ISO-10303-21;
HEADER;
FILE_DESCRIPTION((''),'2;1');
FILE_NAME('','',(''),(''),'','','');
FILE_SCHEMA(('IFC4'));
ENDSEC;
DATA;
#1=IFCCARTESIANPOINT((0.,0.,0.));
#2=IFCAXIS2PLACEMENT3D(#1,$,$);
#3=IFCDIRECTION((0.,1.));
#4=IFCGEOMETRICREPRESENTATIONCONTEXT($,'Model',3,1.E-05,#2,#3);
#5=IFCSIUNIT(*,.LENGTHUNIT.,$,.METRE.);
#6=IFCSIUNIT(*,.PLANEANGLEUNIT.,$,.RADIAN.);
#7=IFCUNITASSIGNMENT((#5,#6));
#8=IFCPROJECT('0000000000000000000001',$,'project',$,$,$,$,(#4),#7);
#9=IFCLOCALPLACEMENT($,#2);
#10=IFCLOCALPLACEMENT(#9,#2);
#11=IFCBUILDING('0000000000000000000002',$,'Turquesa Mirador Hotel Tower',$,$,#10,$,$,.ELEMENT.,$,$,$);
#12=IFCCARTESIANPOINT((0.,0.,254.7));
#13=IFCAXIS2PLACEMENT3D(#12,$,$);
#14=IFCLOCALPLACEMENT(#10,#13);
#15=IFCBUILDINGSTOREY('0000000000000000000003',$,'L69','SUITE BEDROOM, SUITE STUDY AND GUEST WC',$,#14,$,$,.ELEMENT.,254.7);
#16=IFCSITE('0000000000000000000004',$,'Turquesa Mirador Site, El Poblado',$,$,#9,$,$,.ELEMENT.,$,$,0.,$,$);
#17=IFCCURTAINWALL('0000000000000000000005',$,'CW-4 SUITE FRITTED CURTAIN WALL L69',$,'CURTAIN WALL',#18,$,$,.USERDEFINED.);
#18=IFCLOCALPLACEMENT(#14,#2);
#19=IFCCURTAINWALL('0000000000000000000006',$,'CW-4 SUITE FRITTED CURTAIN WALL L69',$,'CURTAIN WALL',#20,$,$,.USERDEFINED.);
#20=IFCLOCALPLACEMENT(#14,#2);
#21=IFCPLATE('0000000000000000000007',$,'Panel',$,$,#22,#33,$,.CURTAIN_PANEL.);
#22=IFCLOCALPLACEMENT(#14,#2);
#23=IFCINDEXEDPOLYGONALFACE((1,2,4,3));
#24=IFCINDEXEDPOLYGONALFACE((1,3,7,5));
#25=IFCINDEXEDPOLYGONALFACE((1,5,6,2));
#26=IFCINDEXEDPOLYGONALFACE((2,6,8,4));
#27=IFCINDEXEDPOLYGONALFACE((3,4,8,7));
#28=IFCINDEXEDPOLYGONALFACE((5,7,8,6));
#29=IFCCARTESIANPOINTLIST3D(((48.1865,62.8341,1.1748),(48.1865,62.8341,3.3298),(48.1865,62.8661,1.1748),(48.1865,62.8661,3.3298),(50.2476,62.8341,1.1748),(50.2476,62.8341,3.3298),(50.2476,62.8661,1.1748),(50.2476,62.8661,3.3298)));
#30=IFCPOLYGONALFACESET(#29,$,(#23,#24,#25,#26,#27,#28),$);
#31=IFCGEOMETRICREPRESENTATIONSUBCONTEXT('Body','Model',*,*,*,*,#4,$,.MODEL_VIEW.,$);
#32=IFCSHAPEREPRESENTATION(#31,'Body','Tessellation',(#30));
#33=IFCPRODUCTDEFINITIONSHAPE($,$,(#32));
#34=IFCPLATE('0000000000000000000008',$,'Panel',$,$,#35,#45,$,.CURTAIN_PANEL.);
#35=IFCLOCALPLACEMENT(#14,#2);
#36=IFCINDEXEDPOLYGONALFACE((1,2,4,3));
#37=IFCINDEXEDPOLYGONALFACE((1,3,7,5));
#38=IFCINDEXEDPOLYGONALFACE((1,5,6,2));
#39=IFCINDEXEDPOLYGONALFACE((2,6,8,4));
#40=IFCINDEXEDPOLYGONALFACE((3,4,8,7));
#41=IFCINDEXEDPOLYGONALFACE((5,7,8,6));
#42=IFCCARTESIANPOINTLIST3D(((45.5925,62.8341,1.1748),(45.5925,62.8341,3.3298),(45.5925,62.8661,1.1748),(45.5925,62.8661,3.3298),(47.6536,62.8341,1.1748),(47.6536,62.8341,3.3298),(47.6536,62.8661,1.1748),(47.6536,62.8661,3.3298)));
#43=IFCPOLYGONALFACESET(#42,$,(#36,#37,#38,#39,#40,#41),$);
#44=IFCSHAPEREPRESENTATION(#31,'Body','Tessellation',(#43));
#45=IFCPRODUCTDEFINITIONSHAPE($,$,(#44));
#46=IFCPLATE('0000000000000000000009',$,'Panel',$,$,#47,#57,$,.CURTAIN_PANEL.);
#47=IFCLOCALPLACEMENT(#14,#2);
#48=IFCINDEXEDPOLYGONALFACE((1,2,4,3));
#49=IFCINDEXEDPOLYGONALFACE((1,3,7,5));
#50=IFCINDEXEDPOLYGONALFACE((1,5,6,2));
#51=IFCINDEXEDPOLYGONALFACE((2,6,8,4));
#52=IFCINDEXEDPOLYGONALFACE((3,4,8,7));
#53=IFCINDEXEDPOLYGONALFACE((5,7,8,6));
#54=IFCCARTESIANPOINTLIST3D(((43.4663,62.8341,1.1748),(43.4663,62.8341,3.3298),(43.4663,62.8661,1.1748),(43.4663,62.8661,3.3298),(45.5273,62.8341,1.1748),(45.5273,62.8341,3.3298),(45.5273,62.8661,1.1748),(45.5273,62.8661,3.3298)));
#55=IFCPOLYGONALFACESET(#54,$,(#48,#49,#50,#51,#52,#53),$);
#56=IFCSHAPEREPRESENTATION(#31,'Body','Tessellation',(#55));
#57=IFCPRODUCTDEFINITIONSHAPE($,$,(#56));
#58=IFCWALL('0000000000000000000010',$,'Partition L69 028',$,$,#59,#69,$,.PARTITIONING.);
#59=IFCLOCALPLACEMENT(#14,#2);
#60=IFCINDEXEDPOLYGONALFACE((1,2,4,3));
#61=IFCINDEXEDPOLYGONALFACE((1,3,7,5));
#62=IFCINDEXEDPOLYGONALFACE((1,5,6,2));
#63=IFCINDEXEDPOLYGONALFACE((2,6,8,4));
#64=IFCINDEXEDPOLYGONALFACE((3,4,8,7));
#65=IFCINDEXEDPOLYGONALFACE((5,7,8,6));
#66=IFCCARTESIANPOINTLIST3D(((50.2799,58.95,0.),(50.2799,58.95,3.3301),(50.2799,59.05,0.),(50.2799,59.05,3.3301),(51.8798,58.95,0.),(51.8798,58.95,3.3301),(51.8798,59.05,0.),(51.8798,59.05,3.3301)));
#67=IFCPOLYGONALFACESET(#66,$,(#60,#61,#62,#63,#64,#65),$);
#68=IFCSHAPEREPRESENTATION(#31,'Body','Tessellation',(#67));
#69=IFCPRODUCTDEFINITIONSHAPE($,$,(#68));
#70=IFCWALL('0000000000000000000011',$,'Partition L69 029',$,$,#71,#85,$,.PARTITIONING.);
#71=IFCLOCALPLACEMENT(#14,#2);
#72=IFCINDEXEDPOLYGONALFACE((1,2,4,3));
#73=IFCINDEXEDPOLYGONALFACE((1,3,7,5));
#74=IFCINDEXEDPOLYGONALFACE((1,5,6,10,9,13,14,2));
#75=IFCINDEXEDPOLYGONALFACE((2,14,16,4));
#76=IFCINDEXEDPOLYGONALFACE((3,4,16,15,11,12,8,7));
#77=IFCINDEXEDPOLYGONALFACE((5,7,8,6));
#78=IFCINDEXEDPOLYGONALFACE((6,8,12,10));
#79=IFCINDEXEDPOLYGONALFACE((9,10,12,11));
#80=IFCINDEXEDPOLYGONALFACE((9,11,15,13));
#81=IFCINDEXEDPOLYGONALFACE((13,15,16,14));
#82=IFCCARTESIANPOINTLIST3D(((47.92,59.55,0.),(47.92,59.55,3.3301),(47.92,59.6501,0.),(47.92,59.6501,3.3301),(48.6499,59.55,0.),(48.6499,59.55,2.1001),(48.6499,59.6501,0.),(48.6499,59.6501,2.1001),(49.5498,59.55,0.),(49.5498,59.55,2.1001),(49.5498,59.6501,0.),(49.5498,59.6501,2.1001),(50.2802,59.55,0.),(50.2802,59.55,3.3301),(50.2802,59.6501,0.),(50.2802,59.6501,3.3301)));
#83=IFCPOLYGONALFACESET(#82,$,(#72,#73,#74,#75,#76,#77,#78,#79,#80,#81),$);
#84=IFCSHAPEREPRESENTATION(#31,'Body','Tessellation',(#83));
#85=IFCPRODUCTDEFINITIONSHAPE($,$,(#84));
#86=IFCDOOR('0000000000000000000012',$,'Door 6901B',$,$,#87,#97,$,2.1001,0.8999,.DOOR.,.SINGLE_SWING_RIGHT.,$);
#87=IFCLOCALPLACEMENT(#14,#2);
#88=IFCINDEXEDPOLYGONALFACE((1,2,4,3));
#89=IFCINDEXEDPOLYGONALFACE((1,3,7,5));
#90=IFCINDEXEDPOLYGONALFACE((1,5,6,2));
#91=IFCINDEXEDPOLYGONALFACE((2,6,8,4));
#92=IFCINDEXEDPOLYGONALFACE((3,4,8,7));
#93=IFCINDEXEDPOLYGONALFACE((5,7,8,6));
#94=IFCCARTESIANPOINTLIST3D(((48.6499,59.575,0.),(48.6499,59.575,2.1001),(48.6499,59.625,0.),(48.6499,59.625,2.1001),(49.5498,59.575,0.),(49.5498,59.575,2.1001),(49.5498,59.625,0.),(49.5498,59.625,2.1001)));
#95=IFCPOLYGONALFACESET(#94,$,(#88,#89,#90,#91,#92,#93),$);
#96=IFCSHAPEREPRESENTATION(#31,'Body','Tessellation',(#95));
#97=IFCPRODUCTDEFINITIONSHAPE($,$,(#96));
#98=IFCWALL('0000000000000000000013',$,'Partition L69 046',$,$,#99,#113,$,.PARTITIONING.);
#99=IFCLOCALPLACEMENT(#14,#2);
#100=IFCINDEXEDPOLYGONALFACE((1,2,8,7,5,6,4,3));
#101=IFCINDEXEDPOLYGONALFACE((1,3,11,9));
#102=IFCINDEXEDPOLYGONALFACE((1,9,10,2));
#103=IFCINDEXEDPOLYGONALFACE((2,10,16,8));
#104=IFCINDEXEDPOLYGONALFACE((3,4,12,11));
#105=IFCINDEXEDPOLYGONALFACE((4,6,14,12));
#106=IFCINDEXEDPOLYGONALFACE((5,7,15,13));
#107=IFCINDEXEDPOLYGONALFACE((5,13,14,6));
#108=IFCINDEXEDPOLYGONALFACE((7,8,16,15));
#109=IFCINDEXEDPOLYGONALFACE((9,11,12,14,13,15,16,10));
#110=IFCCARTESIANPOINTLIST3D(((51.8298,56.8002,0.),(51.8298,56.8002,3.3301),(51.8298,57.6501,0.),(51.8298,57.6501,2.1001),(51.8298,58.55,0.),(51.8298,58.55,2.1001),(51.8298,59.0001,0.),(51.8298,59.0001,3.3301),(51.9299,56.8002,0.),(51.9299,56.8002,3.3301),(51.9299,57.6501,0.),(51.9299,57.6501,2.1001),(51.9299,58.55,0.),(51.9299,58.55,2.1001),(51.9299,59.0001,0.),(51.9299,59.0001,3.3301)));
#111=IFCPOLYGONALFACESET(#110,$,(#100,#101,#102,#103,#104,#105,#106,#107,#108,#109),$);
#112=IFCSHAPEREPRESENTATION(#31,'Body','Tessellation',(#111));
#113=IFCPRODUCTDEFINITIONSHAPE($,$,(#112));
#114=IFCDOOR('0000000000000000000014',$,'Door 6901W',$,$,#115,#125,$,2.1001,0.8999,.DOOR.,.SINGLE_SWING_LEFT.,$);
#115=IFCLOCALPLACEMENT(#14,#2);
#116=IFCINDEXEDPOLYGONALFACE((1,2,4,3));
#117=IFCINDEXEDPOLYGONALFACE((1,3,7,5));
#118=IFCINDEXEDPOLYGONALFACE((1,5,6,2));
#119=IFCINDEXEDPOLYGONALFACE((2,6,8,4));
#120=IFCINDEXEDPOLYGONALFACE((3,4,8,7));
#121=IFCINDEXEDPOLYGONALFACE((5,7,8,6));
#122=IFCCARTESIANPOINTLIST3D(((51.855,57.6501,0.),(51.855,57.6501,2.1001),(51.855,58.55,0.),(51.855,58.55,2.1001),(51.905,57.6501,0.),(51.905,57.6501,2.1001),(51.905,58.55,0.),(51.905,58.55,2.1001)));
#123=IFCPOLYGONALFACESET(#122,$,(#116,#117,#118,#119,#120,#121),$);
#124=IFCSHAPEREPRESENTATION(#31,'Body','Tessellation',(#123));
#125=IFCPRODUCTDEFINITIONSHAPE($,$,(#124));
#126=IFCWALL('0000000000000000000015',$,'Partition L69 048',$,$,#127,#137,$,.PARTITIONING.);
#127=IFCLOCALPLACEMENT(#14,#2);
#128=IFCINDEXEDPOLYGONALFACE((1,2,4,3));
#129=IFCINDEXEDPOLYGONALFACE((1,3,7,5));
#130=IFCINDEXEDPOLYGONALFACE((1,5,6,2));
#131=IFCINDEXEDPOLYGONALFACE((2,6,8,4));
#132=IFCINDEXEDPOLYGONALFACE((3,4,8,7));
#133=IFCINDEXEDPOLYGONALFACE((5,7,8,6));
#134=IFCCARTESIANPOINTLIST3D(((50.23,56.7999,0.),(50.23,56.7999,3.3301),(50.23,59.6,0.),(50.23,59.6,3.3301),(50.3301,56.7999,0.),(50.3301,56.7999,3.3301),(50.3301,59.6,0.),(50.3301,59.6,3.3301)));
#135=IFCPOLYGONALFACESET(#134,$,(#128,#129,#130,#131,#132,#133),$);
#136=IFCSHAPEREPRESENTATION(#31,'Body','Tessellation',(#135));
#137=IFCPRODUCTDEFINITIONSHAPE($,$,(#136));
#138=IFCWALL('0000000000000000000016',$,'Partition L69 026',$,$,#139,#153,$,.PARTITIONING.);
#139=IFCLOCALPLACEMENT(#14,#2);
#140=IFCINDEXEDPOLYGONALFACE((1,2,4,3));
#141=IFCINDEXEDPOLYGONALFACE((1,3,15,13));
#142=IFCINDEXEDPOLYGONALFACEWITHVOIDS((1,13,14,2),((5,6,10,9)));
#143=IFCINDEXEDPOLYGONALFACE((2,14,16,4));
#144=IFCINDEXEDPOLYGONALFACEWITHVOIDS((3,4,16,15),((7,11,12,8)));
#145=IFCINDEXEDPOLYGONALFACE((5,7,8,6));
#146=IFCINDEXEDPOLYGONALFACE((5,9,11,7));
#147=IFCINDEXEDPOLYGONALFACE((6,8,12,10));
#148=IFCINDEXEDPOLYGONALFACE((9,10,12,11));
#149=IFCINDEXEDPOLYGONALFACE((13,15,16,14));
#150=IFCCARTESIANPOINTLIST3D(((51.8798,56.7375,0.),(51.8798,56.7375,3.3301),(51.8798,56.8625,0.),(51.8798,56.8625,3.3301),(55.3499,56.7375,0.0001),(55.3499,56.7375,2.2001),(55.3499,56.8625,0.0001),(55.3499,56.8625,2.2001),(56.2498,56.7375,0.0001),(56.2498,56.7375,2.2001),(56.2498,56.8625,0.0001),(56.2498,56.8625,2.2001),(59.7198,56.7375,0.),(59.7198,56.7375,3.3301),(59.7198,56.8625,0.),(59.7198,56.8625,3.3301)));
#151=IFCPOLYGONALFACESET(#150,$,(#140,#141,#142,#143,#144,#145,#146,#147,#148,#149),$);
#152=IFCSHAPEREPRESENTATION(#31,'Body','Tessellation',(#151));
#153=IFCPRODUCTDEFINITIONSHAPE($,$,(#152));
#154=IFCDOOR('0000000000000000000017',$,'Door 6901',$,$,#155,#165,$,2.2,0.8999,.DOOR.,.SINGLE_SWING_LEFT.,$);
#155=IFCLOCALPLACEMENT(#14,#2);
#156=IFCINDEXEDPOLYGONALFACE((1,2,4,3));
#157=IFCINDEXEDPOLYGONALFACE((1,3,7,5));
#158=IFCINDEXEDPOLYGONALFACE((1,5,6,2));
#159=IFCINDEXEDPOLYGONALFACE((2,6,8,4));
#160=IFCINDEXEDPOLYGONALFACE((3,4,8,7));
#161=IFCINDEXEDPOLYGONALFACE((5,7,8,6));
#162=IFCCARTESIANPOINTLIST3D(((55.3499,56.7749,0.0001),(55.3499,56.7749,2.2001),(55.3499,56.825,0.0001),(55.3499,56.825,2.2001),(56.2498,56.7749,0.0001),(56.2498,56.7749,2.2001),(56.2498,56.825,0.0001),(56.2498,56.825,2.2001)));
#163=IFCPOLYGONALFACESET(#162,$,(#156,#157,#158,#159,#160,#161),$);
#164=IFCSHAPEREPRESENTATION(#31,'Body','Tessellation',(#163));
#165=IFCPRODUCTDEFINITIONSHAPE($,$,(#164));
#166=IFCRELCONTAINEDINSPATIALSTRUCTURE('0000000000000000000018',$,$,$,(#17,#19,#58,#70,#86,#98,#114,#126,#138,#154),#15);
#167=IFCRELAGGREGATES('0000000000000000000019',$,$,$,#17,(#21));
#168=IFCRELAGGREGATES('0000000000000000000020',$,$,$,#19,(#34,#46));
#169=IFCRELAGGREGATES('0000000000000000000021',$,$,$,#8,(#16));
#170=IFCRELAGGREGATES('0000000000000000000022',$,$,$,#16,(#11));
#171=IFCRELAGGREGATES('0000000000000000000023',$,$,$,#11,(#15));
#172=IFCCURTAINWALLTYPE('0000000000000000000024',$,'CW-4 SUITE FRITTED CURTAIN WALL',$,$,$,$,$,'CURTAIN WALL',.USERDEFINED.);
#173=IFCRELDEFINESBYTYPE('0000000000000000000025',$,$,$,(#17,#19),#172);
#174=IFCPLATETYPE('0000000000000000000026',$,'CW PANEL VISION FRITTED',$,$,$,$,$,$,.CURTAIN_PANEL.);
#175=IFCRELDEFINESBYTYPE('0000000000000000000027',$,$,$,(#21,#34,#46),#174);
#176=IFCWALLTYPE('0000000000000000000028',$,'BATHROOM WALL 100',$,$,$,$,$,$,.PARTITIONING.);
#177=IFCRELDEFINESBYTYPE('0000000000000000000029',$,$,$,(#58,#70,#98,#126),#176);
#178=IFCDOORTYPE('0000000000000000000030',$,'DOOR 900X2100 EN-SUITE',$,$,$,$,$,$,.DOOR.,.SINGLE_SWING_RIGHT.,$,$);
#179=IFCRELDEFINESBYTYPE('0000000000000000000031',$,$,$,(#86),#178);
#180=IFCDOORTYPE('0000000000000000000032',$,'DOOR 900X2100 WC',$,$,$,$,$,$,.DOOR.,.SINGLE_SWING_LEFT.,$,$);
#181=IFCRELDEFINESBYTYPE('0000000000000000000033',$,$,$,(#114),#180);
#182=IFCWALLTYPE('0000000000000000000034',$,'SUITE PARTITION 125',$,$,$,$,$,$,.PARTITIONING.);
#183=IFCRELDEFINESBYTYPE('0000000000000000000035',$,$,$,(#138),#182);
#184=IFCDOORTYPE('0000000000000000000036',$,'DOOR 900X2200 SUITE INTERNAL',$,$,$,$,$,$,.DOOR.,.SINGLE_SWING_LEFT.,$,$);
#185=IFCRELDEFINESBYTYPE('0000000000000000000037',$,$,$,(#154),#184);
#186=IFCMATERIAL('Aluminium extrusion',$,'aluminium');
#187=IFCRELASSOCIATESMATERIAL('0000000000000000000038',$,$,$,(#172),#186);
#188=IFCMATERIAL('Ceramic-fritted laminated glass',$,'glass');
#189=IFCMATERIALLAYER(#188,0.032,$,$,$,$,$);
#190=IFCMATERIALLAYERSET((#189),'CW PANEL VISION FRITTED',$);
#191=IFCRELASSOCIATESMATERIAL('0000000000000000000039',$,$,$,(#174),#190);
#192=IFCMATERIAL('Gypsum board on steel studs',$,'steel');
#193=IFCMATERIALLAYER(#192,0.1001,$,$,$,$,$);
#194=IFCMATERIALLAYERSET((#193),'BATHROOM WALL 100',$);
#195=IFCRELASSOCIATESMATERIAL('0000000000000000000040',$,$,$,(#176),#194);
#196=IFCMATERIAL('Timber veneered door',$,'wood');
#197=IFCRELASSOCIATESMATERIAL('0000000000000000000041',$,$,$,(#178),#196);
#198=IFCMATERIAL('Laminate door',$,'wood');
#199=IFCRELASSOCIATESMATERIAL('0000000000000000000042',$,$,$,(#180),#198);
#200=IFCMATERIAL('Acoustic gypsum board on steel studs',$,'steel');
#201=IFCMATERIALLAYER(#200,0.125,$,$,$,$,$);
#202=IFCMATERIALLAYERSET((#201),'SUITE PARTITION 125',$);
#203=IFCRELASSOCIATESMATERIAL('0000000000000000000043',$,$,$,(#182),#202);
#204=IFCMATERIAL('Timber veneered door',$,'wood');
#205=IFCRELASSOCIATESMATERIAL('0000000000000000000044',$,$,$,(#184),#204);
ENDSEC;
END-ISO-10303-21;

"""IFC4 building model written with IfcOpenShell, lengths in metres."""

from ifc_helpers import new_model, si_unit, direction, frame, frame_2d, origin, origin_2d, place, context, subcontext, project, spatial, rectangle, extrude, material, layer, layer_set, type_object, element, fill, aggregate, save


model = new_model("IFC4")

# Units and contexts
model_context = context("Model", 3, precision=1e-05, world=origin(), true_north=direction((0.0, 1.0)))
body_context = subcontext(model_context, "Body", "Model", "MODEL_VIEW")
ifc_project = project(units=[si_unit("LENGTHUNIT", "METRE"), si_unit("PLANEANGLEUNIT", "RADIAN")], contexts=[model_context])

# Site, building, storey
site_placement = place(None, origin())
site = spatial("IfcSite", under=ifc_project, at=site_placement, Name="Turquesa Mirador Site, El Poblado", CompositionType="ELEMENT", RefElevation=0.0)
building_placement = place(site_placement, origin())
building = spatial("IfcBuilding", under=site, at=building_placement, Name="Turquesa Mirador Hotel Tower", CompositionType="ELEMENT")
storey_placement = place(building_placement, frame((0.0, 0.0, 254.7)))
storey = spatial("IfcBuildingStorey", under=building, at=storey_placement, Name="L69", Description="SUITE BEDROOM, SUITE STUDY AND GUEST WC", CompositionType="ELEMENT", Elevation=254.7)

# Curtain walls
ifc_material_1 = material(Name="Aluminium extrusion", Category="aluminium")
curtain_wall_type = type_object("IfcCurtainWallType", Name="CW-4 SUITE FRITTED CURTAIN WALL", ElementType="CURTAIN WALL", PredefinedType="USERDEFINED", material=ifc_material_1)
curtain_wall_1_placement = place(storey_placement, origin())
curtain_wall_1 = element("IfcCurtainWall", 1, at=curtain_wall_1_placement, inside=storey, type_object=curtain_wall_type, Name="CW-4 SUITE FRITTED CURTAIN WALL L69", ObjectType="CURTAIN WALL", PredefinedType="USERDEFINED")
curtain_wall_2_placement = place(storey_placement, origin())
curtain_wall_2 = element("IfcCurtainWall", 2, at=curtain_wall_2_placement, inside=storey, type_object=curtain_wall_type, Name="CW-4 SUITE FRITTED CURTAIN WALL L69", ObjectType="CURTAIN WALL", PredefinedType="USERDEFINED")

# Plates
ifc_material_2 = material(Name="Ceramic-fritted laminated glass", Category="glass")
ifc_layer_1 = layer(ifc_material_2, 0.032)
ifc_layer_set_1 = layer_set([ifc_layer_1], Name="CW PANEL VISION FRITTED")
plate_type_1 = type_object("IfcPlateType", Name="CW PANEL VISION FRITTED", PredefinedType="CURTAIN_PANEL", material=ifc_layer_set_1)
plate_1_placement = place(storey_placement, frame((49.217, 62.8501, 1.1748), z_axis=(0.0, 0.0, 1.0), x_axis=(-1.0, 0.0, 0.0)))
plate_1 = element("IfcPlate", 3, at=plate_1_placement, type_object=plate_type_1, Name="Panel", PredefinedType="CURTAIN_PANEL", context=body_context, shape_type="SweptSolid", body=[
    extrude(rectangle(XDim=2.061, YDim=0.032, at=origin_2d()), origin(), (0.0, 0.0, 1.0), 2.155),
])
aggregate(curtain_wall_1, [plate_1])
plate_2_placement = place(storey_placement, frame((46.623, 62.8501, 1.1748), z_axis=(0.0, 0.0, 1.0), x_axis=(-1.0, 0.0, 0.0)))
plate_2 = element("IfcPlate", 4, at=plate_2_placement, type_object=plate_type_1, Name="Panel", PredefinedType="CURTAIN_PANEL", context=body_context, shape_type="SweptSolid", body=[
    extrude(rectangle(XDim=2.061, YDim=0.032, at=origin_2d()), origin(), (0.0, 0.0, 1.0), 2.155),
])
plate_3_placement = place(storey_placement, frame((44.4968, 62.8501, 1.1748), z_axis=(0.0, 0.0, 1.0), x_axis=(-1.0, 0.0, 0.0)))
plate_3 = element("IfcPlate", 5, at=plate_3_placement, type_object=plate_type_1, Name="Panel", PredefinedType="CURTAIN_PANEL", context=body_context, shape_type="SweptSolid", body=[
    extrude(rectangle(XDim=2.061, YDim=0.032, at=origin_2d()), origin(), (0.0, 0.0, 1.0), 2.155),
])
aggregate(curtain_wall_2, [plate_2, plate_3])

# Wall
ifc_material_3 = material(Name="Gypsum board on steel studs", Category="steel")
ifc_layer_2 = layer(ifc_material_3, 0.1001)
ifc_layer_set_2 = layer_set([ifc_layer_2], Name="BATHROOM WALL 100")
wall_type_1 = type_object("IfcWallType", Name="BATHROOM WALL 100", PredefinedType="PARTITIONING", material=ifc_layer_set_2)
wall_1_placement = place(storey_placement, frame((50.28, 59.0, 0.0), z_axis=(0.0, 0.0, 1.0), x_axis=(1.0, 0.0, 0.0)))
element("IfcWall", 6, at=wall_1_placement, inside=storey, type_object=wall_type_1, Name="Partition L69 028", PredefinedType="PARTITIONING", context=body_context, shape_type="SweptSolid", body=[
    extrude(rectangle(XDim=1.5999, YDim=0.1001, at=frame_2d((0.7998, 0.0))), origin(), (0.0, 0.0, 1.0), 3.3301),
])

# Walls, openings, doors
wall_2_placement = place(storey_placement, frame((47.9199, 59.6001, 0.0), z_axis=(0.0, 0.0, 1.0), x_axis=(1.0, 0.0, 0.0)))
wall_2 = element("IfcWall", 7, at=wall_2_placement, inside=storey, type_object=wall_type_1, Name="Partition L69 029", PredefinedType="PARTITIONING", context=body_context, shape_type="SweptSolid", body=[
    extrude(rectangle(XDim=2.3601, YDim=0.1001, at=frame_2d((1.1802, 0.0))), origin(), (0.0, 0.0, 1.0), 3.3301),
])
opening_1_placement = place(wall_2_placement, frame((0.73, 0.0, 0.0)))
opening_1 = element("IfcOpeningElement", 8, at=opening_1_placement, cuts=wall_2, PredefinedType="OPENING", context=body_context, shape_type="SweptSolid", body=[
    extrude(rectangle(XDim=0.8999, YDim=2.1001, at=frame_2d((0.45, 1.05))), frame((0.0, 0.0601, 0.0), z_axis=(0.0, -1.0, 0.0), x_axis=(1.0, 0.0, 0.0)), (0.0, 0.0, 1.0), 0.1201),
])
ifc_material_4 = material(Name="Timber veneered door", Category="wood")
door_type_1 = type_object("IfcDoorType", Name="DOOR 900X2100 EN-SUITE", OperationType="SINGLE_SWING_RIGHT", PredefinedType="DOOR", material=ifc_material_4)
door_1_placement = place(opening_1_placement, origin())
door_1 = element("IfcDoor", 9, at=door_1_placement, inside=storey, type_object=door_type_1, Name="Door 6901B", OperationType="SINGLE_SWING_RIGHT", OverallHeight=2.1001, OverallWidth=0.8999, PredefinedType="DOOR", context=body_context, shape_type="SweptSolid", body=[
    extrude(rectangle(XDim=0.8999, YDim=2.1001, at=frame_2d((0.45, 1.05))), frame((0.0, 0.0249, 0.0), z_axis=(0.0, -1.0, 0.0), x_axis=(1.0, 0.0, 0.0)), (0.0, 0.0, 1.0), 0.05),
])
fill(opening_1, door_1)
wall_3_placement = place(storey_placement, frame((51.8799, 56.8, 0.0), z_axis=(0.0, 0.0, 1.0), x_axis=(0.0, 1.0, 0.0)))
wall_3 = element("IfcWall", 10, at=wall_3_placement, inside=storey, type_object=wall_type_1, Name="Partition L69 046", PredefinedType="PARTITIONING", context=body_context, shape_type="SweptSolid", body=[
    extrude(rectangle(XDim=2.2, YDim=0.1001, at=frame_2d((1.1001, 0.0))), origin(), (0.0, 0.0, 1.0), 3.3301),
])
opening_2_placement = place(wall_3_placement, frame((0.8501, 0.0, 0.0)))
opening_2 = element("IfcOpeningElement", 11, at=opening_2_placement, cuts=wall_3, PredefinedType="OPENING", context=body_context, shape_type="SweptSolid", body=[
    extrude(rectangle(XDim=0.8999, YDim=2.1001, at=frame_2d((0.45, 1.05))), frame((0.0, 0.0601, 0.0), z_axis=(0.0, -1.0, 0.0), x_axis=(1.0, 0.0, 0.0)), (0.0, 0.0, 1.0), 0.1201),
])
ifc_material_5 = material(Name="Laminate door", Category="wood")
door_type_2 = type_object("IfcDoorType", Name="DOOR 900X2100 WC", OperationType="SINGLE_SWING_LEFT", PredefinedType="DOOR", material=ifc_material_5)
door_2_placement = place(opening_2_placement, origin())
door_2 = element("IfcDoor", 12, at=door_2_placement, inside=storey, type_object=door_type_2, Name="Door 6901W", OperationType="SINGLE_SWING_LEFT", OverallHeight=2.1001, OverallWidth=0.8999, PredefinedType="DOOR", context=body_context, shape_type="SweptSolid", body=[
    extrude(rectangle(XDim=0.8999, YDim=2.1001, at=frame_2d((0.45, 1.05))), frame((0.0, 0.0249, 0.0), z_axis=(0.0, -1.0, 0.0), x_axis=(1.0, 0.0, 0.0)), (0.0, 0.0, 1.0), 0.05),
])
fill(opening_2, door_2)

# Wall
wall_4_placement = place(storey_placement, frame((50.28, 56.8, 0.0), z_axis=(0.0, 0.0, 1.0), x_axis=(0.0, 1.0, 0.0)))
element("IfcWall", 13, at=wall_4_placement, inside=storey, type_object=wall_type_1, Name="Partition L69 048", PredefinedType="PARTITIONING", context=body_context, shape_type="SweptSolid", body=[
    extrude(rectangle(XDim=2.8, YDim=0.1001, at=frame_2d((1.3999, 0.0))), origin(), (0.0, 0.0, 1.0), 3.3301),
])

# Wall, opening, door
ifc_material_6 = material(Name="Acoustic gypsum board on steel studs", Category="steel")
ifc_layer_3 = layer(ifc_material_6, 0.125)
ifc_layer_set_3 = layer_set([ifc_layer_3], Name="SUITE PARTITION 125")
wall_type_2 = type_object("IfcWallType", Name="SUITE PARTITION 125", PredefinedType="PARTITIONING", material=ifc_layer_set_3)
wall_5_placement = place(storey_placement, frame((51.8799, 56.8, 0.0), z_axis=(0.0, 0.0, 1.0), x_axis=(1.0, 0.0, 0.0)))
wall_5 = element("IfcWall", 14, at=wall_5_placement, inside=storey, type_object=wall_type_2, Name="Partition L69 026", PredefinedType="PARTITIONING", context=body_context, shape_type="SweptSolid", body=[
    extrude(rectangle(XDim=7.8401, YDim=0.125, at=frame_2d((3.9199, 0.0))), origin(), (0.0, 0.0, 1.0), 3.3301),
])
opening_3_placement = place(wall_5_placement, frame((3.47, 0.0, 0.0)))
opening_3 = element("IfcOpeningElement", 15, at=opening_3_placement, cuts=wall_5, PredefinedType="OPENING", context=body_context, shape_type="SweptSolid", body=[
    extrude(rectangle(XDim=0.8999, YDim=2.2, at=frame_2d((0.45, 1.1001))), frame((0.0, 0.0725, 0.0), z_axis=(0.0, -1.0, 0.0), x_axis=(1.0, 0.0, 0.0)), (0.0, 0.0, 1.0), 0.145),
])
ifc_material_7 = material(Name="Timber veneered door", Category="wood")
door_type_3 = type_object("IfcDoorType", Name="DOOR 900X2200 SUITE INTERNAL", OperationType="SINGLE_SWING_LEFT", PredefinedType="DOOR", material=ifc_material_7)
door_3_placement = place(opening_3_placement, origin())
door_3 = element("IfcDoor", 16, at=door_3_placement, inside=storey, type_object=door_type_3, Name="Door 6901", OperationType="SINGLE_SWING_LEFT", OverallHeight=2.2, OverallWidth=0.8999, PredefinedType="DOOR", context=body_context, shape_type="SweptSolid", body=[
    extrude(rectangle(XDim=0.8999, YDim=2.2, at=frame_2d((0.45, 1.1001))), frame((0.0, 0.0249, 0.0), z_axis=(0.0, -1.0, 0.0), x_axis=(1.0, 0.0, 0.0)), (0.0, 0.0, 1.0), 0.05),
])
fill(opening_3, door_3)

save(model, "model.ifc")
